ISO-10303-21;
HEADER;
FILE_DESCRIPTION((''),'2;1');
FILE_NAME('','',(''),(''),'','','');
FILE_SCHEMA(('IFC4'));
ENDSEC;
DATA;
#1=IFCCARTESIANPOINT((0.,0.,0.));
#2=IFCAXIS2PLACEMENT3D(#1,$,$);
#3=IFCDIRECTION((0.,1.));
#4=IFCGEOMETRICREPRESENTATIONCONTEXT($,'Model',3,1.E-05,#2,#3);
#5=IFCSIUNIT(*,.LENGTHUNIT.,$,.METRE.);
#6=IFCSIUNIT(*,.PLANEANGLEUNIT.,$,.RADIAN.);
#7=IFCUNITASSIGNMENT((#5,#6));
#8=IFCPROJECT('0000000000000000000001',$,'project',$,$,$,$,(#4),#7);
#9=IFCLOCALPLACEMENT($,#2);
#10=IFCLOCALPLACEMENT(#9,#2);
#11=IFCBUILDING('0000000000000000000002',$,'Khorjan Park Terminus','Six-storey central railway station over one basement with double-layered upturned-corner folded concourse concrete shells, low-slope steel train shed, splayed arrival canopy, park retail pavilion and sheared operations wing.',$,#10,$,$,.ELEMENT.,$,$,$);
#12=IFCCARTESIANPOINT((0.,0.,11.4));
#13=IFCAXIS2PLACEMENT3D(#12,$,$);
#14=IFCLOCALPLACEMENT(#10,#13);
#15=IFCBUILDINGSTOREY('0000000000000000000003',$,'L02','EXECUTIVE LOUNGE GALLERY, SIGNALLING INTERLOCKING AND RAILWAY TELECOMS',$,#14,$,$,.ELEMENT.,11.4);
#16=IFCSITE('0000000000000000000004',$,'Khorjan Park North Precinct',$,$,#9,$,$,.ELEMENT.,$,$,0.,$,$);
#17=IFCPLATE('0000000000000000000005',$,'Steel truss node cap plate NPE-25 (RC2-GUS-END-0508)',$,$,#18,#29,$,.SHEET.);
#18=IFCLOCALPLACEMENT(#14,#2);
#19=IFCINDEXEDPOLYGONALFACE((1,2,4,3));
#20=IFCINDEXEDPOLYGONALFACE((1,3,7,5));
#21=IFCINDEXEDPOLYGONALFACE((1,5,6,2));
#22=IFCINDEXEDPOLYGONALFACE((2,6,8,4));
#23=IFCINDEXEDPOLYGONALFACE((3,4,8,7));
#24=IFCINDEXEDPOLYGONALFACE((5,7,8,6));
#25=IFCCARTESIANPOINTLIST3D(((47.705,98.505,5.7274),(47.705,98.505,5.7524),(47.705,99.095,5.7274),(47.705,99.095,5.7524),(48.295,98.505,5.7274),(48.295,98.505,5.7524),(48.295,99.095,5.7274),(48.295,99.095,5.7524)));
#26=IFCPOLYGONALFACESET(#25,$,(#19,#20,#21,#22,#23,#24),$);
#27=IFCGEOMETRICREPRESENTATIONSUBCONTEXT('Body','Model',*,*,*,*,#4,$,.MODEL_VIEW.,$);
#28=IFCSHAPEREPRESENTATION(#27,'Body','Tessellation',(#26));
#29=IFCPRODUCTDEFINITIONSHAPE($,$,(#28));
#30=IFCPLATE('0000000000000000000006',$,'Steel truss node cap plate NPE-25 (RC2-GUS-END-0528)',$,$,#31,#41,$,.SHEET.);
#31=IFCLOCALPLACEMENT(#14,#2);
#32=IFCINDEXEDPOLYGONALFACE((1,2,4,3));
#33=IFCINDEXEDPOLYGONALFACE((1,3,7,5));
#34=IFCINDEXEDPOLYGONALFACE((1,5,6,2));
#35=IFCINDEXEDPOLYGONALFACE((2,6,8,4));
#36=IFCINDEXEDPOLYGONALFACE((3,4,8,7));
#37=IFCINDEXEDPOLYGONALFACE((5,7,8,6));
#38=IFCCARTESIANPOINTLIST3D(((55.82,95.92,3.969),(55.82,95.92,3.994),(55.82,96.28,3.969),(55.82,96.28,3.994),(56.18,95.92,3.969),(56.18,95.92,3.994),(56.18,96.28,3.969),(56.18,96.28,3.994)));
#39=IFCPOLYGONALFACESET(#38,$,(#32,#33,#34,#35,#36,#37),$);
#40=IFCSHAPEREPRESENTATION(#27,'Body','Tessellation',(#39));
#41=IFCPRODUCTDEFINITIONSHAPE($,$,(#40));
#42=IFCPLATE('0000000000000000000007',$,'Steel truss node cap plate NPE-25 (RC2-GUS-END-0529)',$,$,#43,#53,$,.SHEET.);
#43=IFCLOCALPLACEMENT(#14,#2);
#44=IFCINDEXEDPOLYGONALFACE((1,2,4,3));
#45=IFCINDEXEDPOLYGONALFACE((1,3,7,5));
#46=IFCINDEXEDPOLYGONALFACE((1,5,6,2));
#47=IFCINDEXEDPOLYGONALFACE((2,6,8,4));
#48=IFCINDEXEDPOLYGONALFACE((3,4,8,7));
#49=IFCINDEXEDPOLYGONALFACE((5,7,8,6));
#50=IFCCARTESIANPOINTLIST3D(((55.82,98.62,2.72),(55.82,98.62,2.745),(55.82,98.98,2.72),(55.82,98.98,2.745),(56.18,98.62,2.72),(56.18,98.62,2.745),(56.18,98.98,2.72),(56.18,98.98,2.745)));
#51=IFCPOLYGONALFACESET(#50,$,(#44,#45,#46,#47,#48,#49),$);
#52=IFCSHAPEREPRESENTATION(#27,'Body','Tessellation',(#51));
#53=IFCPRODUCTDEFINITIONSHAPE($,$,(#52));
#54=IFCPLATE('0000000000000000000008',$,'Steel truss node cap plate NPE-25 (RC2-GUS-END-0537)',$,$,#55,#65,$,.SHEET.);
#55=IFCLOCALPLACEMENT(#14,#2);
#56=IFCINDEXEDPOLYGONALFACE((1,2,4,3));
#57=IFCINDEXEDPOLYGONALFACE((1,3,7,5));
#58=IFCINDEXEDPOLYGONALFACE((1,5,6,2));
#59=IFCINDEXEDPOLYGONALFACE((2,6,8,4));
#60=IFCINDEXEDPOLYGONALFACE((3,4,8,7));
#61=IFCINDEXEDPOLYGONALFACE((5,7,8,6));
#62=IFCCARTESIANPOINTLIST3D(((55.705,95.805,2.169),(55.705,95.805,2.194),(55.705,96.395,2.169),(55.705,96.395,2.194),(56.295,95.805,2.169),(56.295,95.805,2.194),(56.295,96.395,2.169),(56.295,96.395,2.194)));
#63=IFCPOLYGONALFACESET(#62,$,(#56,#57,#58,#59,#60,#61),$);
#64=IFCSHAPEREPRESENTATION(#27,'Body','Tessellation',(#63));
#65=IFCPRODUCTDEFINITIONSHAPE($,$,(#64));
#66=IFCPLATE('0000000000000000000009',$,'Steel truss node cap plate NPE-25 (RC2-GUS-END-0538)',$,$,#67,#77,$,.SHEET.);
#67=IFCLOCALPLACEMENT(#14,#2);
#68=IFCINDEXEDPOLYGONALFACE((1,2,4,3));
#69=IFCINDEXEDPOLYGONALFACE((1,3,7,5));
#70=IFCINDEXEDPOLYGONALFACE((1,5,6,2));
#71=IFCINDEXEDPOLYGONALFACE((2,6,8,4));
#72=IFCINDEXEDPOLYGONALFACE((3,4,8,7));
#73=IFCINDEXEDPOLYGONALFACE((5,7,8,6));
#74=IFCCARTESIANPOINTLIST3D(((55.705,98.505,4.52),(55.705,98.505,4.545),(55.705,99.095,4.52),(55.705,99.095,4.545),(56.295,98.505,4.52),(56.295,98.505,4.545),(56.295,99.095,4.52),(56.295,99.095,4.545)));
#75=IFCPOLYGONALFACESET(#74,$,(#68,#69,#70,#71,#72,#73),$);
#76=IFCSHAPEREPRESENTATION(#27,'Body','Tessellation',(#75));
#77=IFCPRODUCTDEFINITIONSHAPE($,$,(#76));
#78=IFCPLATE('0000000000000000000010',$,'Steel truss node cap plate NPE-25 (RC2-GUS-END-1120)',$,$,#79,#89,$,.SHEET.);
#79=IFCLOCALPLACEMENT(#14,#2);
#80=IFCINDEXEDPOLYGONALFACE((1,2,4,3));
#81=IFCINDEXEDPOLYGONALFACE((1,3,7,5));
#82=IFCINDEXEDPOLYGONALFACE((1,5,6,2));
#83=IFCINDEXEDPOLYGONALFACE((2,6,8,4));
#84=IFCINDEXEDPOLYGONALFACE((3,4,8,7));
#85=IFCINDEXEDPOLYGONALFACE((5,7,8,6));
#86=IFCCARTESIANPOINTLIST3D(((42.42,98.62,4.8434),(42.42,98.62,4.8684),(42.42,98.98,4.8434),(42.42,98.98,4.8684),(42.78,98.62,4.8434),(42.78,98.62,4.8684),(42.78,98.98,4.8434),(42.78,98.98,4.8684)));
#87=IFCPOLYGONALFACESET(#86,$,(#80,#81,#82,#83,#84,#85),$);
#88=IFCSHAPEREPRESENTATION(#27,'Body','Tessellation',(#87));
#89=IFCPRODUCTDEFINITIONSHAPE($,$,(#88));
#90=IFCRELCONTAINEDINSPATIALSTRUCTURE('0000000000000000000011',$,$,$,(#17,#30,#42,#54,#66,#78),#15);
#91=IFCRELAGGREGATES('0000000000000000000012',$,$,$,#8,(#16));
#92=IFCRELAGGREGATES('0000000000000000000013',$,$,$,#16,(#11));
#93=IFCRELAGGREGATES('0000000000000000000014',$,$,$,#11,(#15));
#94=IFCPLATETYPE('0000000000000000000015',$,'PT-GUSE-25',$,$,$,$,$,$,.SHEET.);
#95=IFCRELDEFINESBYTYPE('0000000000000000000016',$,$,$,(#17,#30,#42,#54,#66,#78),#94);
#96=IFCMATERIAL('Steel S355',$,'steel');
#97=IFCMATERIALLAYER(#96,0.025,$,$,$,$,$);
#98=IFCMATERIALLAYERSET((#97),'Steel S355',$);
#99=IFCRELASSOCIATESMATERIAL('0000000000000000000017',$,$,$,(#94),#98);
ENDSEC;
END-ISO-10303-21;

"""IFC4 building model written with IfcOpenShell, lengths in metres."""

from ifc_helpers import new_model, si_unit, direction, frame, origin, origin_2d, place, context, subcontext, project, spatial, rectangle, extrude, material, layer, layer_set, type_object, element, save


model = new_model("IFC4")

# Units and contexts
model_context = context("Model", 3, precision=1e-05, world=origin(), true_north=direction((0.0, 1.0)))
body_context = subcontext(model_context, "Body", "Model", "MODEL_VIEW")
ifc_project = project(units=[si_unit("LENGTHUNIT", "METRE"), si_unit("PLANEANGLEUNIT", "RADIAN")], contexts=[model_context])

# Site, building, storey
site_placement = place(None, origin())
site = spatial("IfcSite", under=ifc_project, at=site_placement, Name="Khorjan Park North Precinct", CompositionType="ELEMENT", RefElevation=0.0)
building_placement = place(site_placement, origin())
building = spatial("IfcBuilding", under=site, at=building_placement, Name="Khorjan Park Terminus", Description="Six-storey central railway station over one basement with double-layered upturned-corner folded concourse concrete shells, low-slope steel train shed, splayed arrival canopy, park retail pavilion and sheared operations wing.", CompositionType="ELEMENT")
storey_placement = place(building_placement, frame((0.0, 0.0, 11.4)))
storey = spatial("IfcBuildingStorey", under=building, at=storey_placement, Name="L02", Description="EXECUTIVE LOUNGE GALLERY, SIGNALLING INTERLOCKING AND RAILWAY TELECOMS", CompositionType="ELEMENT", Elevation=11.4)

# Shared definitions
ifc_material = material(Name="Steel S355", Category="steel")

# Plates
ifc_layer = layer(ifc_material, 0.025)
ifc_layer_set = layer_set([ifc_layer], Name="Steel S355")
plate_type = type_object("IfcPlateType", Name="PT-GUSE-25", PredefinedType="SHEET", material=ifc_layer_set)
for number, where, z_axis, x_axis, name in (
    (1, (48.0, 98.8, 5.7274), (0.0, 0.0, 1.0), (1.0, 0.0, 0.0), "Steel truss node cap plate NPE-25 (RC2-GUS-END-0508)"),
):
    element("IfcPlate", number, at=place(storey_placement, frame(where, z_axis=z_axis, x_axis=x_axis)), inside=storey, type_object=plate_type, Name=name, PredefinedType="SHEET", context=body_context, shape_type="SweptSolid", body=[
        extrude(rectangle(XDim=0.59, YDim=0.59, at=origin_2d()), origin(), (0.0, 0.0, 1.0), 0.025),
    ])
for number, where, z_axis, x_axis, name in (
    (2, (56.0, 96.1, 3.969), (0.0, 0.0, 1.0), (1.0, 0.0, 0.0), "Steel truss node cap plate NPE-25 (RC2-GUS-END-0528)"),
    (3, (56.0, 98.8, 2.72), (0.0, 0.0, 1.0), (1.0, 0.0, 0.0), "Steel truss node cap plate NPE-25 (RC2-GUS-END-0529)"),
):
    element("IfcPlate", number, at=place(storey_placement, frame(where, z_axis=z_axis, x_axis=x_axis)), inside=storey, type_object=plate_type, Name=name, PredefinedType="SHEET", context=body_context, shape_type="SweptSolid", body=[
        extrude(rectangle(XDim=0.36, YDim=0.36, at=origin_2d()), origin(), (0.0, 0.0, 1.0), 0.025),
    ])
for number, where, z_axis, x_axis, name in (
    (4, (56.0, 96.1, 2.169), (0.0, 0.0, 1.0), (1.0, 0.0, 0.0), "Steel truss node cap plate NPE-25 (RC2-GUS-END-0537)"),
    (5, (56.0, 98.8, 4.52), (0.0, 0.0, 1.0), (1.0, 0.0, 0.0), "Steel truss node cap plate NPE-25 (RC2-GUS-END-0538)"),
):
    element("IfcPlate", number, at=place(storey_placement, frame(where, z_axis=z_axis, x_axis=x_axis)), inside=storey, type_object=plate_type, Name=name, PredefinedType="SHEET", context=body_context, shape_type="SweptSolid", body=[
        extrude(rectangle(XDim=0.59, YDim=0.59, at=origin_2d()), origin(), (0.0, 0.0, 1.0), 0.025),
    ])
plate_placement = place(storey_placement, frame((42.6, 98.8, 4.8434), z_axis=(0.0, 0.0, 1.0), x_axis=(1.0, 0.0, 0.0)))
element("IfcPlate", 6, at=plate_placement, inside=storey, type_object=plate_type, Name="Steel truss node cap plate NPE-25 (RC2-GUS-END-1120)", PredefinedType="SHEET", context=body_context, shape_type="SweptSolid", body=[
    extrude(rectangle(XDim=0.36, YDim=0.36, at=origin_2d()), origin(), (0.0, 0.0, 1.0), 0.025),
])

save(model, "model.ifc")
